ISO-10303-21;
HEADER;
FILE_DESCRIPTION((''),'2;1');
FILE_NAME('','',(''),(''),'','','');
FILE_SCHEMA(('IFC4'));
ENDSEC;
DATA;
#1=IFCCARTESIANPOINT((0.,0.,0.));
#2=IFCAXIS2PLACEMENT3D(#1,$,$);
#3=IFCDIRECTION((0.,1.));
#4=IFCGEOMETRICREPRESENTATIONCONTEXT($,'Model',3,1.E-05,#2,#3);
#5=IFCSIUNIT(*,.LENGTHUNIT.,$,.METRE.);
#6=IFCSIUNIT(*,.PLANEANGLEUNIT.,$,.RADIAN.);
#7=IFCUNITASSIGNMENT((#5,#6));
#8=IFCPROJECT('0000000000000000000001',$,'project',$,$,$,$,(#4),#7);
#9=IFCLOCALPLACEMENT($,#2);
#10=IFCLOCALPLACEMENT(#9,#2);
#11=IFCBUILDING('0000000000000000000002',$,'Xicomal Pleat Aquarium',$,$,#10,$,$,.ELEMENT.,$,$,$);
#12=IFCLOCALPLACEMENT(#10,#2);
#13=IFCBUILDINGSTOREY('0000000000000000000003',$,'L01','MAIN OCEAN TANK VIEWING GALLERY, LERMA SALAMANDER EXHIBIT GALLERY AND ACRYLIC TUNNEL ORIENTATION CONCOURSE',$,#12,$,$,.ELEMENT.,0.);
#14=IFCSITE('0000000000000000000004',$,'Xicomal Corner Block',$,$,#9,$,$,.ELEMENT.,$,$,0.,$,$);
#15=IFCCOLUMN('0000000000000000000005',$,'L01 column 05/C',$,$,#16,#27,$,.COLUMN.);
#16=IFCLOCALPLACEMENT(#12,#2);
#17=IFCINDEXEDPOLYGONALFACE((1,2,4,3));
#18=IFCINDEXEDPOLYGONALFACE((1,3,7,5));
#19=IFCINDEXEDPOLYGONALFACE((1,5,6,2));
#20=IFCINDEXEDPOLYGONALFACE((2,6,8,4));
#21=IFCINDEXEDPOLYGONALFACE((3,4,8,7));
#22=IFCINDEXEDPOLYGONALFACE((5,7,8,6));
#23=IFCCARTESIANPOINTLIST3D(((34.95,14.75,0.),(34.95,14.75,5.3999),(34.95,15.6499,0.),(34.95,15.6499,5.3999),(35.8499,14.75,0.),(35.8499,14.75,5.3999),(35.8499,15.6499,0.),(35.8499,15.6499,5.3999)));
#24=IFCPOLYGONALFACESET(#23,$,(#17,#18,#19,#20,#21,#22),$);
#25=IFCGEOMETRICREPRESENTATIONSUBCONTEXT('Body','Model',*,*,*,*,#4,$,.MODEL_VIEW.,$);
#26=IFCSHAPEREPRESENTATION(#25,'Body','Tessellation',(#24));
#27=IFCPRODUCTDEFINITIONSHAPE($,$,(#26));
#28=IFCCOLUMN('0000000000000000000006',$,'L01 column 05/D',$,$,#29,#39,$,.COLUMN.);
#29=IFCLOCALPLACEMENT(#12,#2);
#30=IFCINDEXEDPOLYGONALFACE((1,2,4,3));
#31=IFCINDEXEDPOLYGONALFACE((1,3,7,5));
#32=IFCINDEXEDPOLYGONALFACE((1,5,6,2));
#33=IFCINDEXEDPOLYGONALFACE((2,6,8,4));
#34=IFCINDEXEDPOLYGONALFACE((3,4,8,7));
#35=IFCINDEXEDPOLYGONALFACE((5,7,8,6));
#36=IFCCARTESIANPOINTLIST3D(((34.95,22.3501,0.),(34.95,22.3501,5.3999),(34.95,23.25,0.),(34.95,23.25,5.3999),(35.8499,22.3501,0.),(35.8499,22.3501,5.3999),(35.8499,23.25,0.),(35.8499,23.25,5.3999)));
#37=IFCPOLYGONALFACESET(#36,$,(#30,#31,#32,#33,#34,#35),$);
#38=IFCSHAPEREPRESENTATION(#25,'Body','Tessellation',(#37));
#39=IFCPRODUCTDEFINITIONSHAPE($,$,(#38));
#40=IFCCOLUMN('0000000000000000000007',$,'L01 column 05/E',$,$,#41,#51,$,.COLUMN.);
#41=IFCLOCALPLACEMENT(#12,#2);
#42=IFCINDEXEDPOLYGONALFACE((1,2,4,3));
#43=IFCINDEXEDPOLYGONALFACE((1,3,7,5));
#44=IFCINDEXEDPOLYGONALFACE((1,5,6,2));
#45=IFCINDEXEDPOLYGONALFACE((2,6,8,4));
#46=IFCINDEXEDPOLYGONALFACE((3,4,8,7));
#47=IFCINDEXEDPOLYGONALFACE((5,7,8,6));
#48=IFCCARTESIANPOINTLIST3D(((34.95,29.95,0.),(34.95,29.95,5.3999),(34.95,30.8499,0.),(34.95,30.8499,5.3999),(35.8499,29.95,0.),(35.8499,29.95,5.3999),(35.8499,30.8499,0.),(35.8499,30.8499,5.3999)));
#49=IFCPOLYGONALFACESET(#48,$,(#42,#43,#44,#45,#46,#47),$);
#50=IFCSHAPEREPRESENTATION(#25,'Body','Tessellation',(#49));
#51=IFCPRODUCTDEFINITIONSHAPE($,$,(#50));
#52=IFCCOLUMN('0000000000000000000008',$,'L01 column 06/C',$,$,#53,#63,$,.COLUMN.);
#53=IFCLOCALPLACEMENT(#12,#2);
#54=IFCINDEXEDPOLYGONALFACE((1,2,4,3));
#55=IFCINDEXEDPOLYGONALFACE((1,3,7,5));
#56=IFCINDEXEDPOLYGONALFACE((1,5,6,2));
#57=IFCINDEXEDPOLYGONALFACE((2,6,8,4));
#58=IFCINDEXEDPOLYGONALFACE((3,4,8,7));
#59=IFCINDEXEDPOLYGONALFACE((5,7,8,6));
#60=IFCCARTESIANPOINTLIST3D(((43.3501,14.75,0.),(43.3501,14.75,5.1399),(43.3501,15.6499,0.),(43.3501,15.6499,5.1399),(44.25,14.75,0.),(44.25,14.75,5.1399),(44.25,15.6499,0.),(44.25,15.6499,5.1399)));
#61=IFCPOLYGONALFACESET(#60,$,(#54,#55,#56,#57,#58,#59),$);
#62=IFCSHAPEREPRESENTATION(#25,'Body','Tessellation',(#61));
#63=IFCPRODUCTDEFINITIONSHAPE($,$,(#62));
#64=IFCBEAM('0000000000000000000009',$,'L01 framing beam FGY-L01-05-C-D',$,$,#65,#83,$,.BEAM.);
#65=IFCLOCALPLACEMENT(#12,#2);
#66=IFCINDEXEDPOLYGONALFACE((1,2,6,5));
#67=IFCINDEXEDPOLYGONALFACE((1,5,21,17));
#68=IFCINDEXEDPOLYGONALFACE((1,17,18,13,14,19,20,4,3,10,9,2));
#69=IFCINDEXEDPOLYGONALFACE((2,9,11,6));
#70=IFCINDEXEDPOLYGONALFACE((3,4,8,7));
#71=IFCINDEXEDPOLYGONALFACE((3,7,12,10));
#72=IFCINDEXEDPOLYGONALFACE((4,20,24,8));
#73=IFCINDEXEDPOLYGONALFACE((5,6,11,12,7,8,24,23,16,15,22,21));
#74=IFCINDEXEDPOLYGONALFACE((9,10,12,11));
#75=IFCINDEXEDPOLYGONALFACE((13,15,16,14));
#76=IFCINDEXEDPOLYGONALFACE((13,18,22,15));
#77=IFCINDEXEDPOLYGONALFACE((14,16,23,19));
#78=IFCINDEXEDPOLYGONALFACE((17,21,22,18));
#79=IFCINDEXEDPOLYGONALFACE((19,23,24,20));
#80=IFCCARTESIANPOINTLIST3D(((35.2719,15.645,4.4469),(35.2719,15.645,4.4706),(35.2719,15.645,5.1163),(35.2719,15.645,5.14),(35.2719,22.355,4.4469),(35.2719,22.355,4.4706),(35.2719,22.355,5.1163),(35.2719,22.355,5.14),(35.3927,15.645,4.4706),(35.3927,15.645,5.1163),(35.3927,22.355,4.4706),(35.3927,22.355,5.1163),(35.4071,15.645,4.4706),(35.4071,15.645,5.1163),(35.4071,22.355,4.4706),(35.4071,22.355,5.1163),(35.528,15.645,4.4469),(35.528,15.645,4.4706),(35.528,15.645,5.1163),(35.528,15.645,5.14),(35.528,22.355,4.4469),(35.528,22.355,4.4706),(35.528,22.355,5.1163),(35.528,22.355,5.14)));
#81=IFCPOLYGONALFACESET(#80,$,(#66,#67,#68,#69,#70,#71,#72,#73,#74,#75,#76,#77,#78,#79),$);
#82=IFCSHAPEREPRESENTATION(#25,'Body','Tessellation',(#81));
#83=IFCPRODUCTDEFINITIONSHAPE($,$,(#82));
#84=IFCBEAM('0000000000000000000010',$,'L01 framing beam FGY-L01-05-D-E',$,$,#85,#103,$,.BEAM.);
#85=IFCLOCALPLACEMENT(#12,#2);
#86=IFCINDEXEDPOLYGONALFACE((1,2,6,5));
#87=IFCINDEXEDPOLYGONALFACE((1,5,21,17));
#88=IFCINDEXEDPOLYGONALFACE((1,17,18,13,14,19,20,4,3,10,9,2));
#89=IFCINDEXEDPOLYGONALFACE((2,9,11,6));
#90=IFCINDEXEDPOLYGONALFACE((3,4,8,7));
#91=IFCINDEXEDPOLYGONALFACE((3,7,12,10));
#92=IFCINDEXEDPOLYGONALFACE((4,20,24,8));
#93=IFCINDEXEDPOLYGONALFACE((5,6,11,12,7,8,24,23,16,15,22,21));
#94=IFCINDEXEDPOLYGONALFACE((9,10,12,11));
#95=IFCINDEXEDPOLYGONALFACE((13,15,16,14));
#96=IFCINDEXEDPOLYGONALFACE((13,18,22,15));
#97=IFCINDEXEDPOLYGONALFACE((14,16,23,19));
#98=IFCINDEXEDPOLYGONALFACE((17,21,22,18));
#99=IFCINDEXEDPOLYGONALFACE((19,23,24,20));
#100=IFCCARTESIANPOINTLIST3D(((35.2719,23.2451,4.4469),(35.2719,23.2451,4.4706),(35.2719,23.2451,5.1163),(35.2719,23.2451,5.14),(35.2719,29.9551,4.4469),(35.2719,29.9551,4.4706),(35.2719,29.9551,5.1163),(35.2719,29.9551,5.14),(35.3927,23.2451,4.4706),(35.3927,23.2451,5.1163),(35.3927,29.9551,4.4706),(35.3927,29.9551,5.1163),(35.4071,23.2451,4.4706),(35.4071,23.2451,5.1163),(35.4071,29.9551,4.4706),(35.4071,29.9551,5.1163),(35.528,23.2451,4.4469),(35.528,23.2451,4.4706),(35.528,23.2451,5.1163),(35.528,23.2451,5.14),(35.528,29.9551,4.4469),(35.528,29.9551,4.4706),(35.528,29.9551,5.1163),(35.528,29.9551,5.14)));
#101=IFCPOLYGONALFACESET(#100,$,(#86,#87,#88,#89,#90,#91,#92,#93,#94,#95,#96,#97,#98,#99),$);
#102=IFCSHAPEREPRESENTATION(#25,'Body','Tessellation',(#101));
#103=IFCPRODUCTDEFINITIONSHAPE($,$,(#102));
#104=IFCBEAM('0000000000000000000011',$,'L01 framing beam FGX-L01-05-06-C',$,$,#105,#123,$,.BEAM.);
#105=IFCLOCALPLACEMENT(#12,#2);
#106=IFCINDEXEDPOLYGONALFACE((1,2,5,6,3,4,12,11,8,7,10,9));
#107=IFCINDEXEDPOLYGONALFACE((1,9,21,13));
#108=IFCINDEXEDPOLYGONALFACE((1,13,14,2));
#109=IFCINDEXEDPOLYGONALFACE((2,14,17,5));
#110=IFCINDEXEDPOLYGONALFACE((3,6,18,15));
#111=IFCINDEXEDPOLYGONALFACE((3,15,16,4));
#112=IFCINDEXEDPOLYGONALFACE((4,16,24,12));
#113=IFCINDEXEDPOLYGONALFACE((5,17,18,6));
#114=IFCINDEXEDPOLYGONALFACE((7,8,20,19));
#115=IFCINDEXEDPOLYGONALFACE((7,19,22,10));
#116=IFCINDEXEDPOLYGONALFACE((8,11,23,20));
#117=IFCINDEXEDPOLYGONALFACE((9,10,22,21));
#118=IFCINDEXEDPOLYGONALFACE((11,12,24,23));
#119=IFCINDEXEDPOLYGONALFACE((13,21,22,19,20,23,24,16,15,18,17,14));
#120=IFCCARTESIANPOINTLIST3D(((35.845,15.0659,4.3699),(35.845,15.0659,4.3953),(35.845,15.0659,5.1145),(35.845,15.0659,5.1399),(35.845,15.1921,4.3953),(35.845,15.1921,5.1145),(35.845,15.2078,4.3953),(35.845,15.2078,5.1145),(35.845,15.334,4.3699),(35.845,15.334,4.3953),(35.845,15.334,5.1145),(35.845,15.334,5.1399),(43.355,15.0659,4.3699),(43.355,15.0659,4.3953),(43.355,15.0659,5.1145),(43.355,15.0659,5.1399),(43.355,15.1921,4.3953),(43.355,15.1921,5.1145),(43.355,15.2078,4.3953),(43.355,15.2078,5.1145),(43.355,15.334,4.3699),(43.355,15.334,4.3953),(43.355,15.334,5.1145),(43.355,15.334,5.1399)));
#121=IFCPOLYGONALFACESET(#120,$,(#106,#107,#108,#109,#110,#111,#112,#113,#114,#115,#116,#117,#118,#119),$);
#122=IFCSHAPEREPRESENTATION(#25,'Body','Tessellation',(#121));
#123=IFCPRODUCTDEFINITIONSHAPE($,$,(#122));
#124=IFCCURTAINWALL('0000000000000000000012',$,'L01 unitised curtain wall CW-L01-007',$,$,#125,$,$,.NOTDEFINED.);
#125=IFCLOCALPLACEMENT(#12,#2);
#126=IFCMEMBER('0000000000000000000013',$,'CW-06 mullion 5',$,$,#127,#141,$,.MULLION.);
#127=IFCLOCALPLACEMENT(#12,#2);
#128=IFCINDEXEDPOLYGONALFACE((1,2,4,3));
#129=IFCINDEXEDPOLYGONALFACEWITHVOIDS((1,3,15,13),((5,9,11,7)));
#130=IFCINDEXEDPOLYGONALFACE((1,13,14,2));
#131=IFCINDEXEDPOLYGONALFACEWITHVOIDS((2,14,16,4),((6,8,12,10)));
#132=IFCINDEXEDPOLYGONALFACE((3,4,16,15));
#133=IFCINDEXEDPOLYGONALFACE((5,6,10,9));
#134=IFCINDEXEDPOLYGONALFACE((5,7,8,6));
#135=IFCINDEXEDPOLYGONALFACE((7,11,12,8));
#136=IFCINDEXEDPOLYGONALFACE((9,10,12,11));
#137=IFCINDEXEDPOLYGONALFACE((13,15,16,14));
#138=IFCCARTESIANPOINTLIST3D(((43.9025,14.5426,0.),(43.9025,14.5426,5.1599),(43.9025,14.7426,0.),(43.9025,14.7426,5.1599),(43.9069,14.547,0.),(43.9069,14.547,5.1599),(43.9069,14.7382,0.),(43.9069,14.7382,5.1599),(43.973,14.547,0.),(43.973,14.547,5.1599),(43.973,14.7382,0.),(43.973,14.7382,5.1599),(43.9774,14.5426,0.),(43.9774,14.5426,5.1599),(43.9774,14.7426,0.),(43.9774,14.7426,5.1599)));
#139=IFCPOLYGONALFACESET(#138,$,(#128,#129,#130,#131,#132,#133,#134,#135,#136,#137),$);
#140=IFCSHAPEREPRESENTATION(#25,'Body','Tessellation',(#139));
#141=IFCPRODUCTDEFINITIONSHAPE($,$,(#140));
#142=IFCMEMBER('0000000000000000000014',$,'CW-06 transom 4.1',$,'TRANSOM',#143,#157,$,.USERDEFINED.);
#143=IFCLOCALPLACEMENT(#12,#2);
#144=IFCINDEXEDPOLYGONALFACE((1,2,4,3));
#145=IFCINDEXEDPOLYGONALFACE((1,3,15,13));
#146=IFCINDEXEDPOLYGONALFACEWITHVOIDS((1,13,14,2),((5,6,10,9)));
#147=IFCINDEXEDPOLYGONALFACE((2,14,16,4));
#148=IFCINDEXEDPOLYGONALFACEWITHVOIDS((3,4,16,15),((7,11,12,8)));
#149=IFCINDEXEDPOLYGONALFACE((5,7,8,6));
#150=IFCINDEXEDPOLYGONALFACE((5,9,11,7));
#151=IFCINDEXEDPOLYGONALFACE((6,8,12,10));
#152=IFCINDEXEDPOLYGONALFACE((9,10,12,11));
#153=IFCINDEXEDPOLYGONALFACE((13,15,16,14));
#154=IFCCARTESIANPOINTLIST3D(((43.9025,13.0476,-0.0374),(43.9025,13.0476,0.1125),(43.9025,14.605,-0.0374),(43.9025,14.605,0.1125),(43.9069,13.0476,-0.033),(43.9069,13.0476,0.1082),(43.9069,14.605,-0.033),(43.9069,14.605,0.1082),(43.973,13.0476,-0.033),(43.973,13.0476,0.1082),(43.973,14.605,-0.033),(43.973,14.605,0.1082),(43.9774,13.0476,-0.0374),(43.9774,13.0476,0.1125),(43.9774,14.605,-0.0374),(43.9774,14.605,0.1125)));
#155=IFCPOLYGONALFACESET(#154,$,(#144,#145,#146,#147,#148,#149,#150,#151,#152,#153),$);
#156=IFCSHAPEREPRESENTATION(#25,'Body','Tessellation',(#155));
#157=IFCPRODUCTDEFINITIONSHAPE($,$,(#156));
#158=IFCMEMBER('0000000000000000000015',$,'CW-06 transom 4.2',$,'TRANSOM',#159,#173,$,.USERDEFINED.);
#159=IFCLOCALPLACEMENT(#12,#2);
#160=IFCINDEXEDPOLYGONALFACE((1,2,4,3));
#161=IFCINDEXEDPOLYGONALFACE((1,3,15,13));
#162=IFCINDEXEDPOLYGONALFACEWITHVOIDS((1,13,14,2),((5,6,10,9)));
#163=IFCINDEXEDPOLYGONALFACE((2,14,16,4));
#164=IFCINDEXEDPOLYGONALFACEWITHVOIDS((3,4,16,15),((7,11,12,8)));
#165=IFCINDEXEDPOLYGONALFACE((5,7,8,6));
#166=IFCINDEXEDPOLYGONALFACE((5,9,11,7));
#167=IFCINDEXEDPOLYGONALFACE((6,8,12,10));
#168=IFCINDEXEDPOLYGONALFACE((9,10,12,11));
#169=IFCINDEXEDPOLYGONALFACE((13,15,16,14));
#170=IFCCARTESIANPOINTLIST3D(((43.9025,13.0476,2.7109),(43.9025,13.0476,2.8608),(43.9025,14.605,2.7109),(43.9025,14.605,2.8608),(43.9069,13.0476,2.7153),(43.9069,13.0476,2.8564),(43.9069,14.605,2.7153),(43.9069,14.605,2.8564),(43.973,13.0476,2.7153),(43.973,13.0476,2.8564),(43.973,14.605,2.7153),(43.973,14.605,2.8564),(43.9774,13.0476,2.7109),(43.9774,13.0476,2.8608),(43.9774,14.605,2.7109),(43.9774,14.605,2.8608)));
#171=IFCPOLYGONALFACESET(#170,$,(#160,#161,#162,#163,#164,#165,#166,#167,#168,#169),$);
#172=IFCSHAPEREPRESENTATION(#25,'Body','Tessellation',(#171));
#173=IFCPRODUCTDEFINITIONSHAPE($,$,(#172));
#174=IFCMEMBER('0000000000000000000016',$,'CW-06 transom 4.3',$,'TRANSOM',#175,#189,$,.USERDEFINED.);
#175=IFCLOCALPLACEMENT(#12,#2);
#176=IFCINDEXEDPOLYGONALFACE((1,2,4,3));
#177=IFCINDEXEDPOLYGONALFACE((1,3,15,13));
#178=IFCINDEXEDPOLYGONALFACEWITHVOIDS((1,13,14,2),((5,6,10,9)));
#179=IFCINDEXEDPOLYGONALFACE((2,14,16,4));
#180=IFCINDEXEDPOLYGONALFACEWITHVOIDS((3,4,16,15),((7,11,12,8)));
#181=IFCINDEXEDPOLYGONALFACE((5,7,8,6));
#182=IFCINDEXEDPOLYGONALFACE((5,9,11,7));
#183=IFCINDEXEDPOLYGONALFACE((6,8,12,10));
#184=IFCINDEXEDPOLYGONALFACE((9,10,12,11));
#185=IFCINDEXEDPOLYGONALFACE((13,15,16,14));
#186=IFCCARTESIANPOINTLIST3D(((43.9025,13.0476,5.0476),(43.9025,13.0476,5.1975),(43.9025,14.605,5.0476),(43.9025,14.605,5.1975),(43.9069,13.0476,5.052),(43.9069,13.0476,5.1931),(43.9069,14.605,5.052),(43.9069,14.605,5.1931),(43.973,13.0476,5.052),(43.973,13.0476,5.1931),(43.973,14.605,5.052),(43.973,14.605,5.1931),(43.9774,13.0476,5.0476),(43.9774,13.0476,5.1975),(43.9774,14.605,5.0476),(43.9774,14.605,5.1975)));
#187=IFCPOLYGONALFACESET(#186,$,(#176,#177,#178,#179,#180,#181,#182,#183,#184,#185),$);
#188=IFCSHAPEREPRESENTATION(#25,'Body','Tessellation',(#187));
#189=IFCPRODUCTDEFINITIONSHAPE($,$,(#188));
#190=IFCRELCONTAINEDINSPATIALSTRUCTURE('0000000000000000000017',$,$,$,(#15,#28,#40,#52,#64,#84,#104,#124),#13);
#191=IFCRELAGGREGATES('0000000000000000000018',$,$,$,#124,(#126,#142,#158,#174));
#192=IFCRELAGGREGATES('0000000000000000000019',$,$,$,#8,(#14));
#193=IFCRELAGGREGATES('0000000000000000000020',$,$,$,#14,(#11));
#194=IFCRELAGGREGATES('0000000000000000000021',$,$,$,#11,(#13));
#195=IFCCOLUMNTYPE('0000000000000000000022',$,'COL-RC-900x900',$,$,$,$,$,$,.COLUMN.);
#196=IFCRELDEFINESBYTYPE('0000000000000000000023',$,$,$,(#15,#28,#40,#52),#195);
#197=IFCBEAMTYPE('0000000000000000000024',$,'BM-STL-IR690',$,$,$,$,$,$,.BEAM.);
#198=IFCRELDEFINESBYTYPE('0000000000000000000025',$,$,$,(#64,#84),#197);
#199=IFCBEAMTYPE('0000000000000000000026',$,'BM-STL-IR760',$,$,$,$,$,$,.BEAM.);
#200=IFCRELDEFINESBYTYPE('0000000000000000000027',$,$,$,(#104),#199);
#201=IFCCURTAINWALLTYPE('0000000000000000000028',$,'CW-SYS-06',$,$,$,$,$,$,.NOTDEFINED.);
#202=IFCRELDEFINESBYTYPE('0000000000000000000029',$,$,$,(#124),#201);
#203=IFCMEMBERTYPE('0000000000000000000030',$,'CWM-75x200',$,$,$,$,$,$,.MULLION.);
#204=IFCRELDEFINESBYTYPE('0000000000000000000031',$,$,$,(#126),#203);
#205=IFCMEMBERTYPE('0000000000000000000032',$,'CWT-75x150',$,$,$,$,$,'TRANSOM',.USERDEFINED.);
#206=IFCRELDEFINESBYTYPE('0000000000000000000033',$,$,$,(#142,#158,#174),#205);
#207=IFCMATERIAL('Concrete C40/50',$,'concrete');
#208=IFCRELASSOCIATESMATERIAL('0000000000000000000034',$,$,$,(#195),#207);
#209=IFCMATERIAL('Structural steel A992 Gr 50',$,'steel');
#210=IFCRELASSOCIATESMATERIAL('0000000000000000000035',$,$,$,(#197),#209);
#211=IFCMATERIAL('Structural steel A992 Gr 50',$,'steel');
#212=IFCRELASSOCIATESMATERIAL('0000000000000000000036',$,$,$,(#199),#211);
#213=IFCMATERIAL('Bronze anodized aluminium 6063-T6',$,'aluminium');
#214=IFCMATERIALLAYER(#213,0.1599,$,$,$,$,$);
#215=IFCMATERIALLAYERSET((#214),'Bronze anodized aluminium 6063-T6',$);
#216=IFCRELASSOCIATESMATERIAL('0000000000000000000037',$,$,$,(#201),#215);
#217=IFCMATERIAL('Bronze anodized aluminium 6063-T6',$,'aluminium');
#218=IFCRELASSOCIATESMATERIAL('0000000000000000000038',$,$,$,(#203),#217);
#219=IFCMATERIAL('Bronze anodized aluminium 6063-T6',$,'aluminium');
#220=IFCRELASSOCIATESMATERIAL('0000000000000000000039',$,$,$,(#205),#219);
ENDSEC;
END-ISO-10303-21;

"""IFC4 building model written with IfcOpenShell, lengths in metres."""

from ifc_helpers import new_model, si_unit, direction, frame, origin, origin_2d, place, context, subcontext, project, spatial, rectangle, hollow_rectangle, i_section, extrude, material, layer, layer_set, material_profile, profile_set, type_object, element, aggregate, save


model = new_model("IFC4")

# Units and contexts
model_context = context("Model", 3, precision=1e-05, world=origin(), true_north=direction((0.0, 1.0)))
body_context = subcontext(model_context, "Body", "Model", "MODEL_VIEW")
ifc_project = project(units=[si_unit("LENGTHUNIT", "METRE"), si_unit("PLANEANGLEUNIT", "RADIAN")], contexts=[model_context])

# Site, building, storey
site_placement = place(None, origin())
site = spatial("IfcSite", under=ifc_project, at=site_placement, Name="Xicomal Corner Block", CompositionType="ELEMENT", RefElevation=0.0)
building_placement = place(site_placement, origin())
building = spatial("IfcBuilding", under=site, at=building_placement, Name="Xicomal Pleat Aquarium", CompositionType="ELEMENT")
storey_placement = place(building_placement, origin())
storey = spatial("IfcBuildingStorey", under=building, at=storey_placement, Name="L01", Description="MAIN OCEAN TANK VIEWING GALLERY, LERMA SALAMANDER EXHIBIT GALLERY AND ACRYLIC TUNNEL ORIENTATION CONCOURSE", CompositionType="ELEMENT", Elevation=0.0)

# Columns
ifc_material_1 = material(Name="Concrete C40/50", Category="concrete")
ifc_material_profile_1 = material_profile(ifc_material_1, rectangle(XDim=0.8999, YDim=0.8999, at=origin_2d()), Name="RC 900x900")
ifc_profile_set_1 = profile_set([ifc_material_profile_1], Name="Concrete C40/50")
column_type = type_object("IfcColumnType", Name="COL-RC-900x900", PredefinedType="COLUMN", material=ifc_profile_set_1)
for number, where, z_axis, x_axis, name in (
    (1, (35.3999, 15.2, 0.0), (0.0, 0.0, 1.0), (1.0, 0.0, 0.0), "L01 column 05/C"),
    (2, (35.3999, 22.8, 0.0), (0.0, 0.0, 1.0), (1.0, 0.0, 0.0), "L01 column 05/D"),
    (3, (35.3999, 30.3999, 0.0), (0.0, 0.0, 1.0), (1.0, 0.0, 0.0), "L01 column 05/E"),
):
    element("IfcColumn", number, at=place(storey_placement, frame(where, z_axis=z_axis, x_axis=x_axis)), inside=storey, type_object=column_type, Name=name, PredefinedType="COLUMN", context=body_context, shape_type="SweptSolid", body=[
        extrude(rectangle(XDim=0.8999, YDim=0.8999, at=origin_2d()), origin(), (0.0, 0.0, 1.0), 5.3999),
    ])
column_placement = place(storey_placement, frame((43.8, 15.2, 0.0), z_axis=(0.0, 0.0, 1.0), x_axis=(1.0, 0.0, 0.0)))
element("IfcColumn", 4, at=column_placement, inside=storey, type_object=column_type, Name="L01 column 06/C", PredefinedType="COLUMN", context=body_context, shape_type="SweptSolid", body=[
    extrude(rectangle(XDim=0.8999, YDim=0.8999, at=origin_2d()), origin(), (0.0, 0.0, 1.0), 5.1399),
])

# Beams
ifc_material_2 = material(Name="Structural steel A992 Gr 50", Category="steel")
ifc_material_profile_2 = material_profile(ifc_material_2, i_section(OverallWidth=0.2561, OverallDepth=0.6931, WebThickness=0.0144, FlangeThickness=0.0237, at=origin_2d()), Name="IR 690x170")
ifc_profile_set_2 = profile_set([ifc_material_profile_2], Name="Structural steel A992 Gr 50")
beam_type_1 = type_object("IfcBeamType", Name="BM-STL-IR690", PredefinedType="BEAM", material=ifc_profile_set_2)
for number, where, z_axis, x_axis, name in (
    (5, (35.3999, 15.645, 4.7935), (0.0, 1.0, 0.0), (-1.0, 0.0, 0.0), "L01 framing beam FGY-L01-05-C-D"),
    (6, (35.3999, 23.2451, 4.7935), (0.0, 1.0, 0.0), (-1.0, 0.0, 0.0), "L01 framing beam FGY-L01-05-D-E"),
):
    element("IfcBeam", number, at=place(storey_placement, frame(where, z_axis=z_axis, x_axis=x_axis)), inside=storey, type_object=beam_type_1, Name=name, PredefinedType="BEAM", context=body_context, shape_type="SweptSolid", body=[
        extrude(i_section(OverallWidth=0.2561, OverallDepth=0.6931, WebThickness=0.0144, FlangeThickness=0.0237, at=origin_2d()), origin(), (0.0, 0.0, 1.0), 6.71),
    ])
ifc_material_3 = material(Name="Structural steel A992 Gr 50", Category="steel")
ifc_material_profile_3 = material_profile(ifc_material_3, i_section(OverallWidth=0.2681, OverallDepth=0.77, WebThickness=0.0156, FlangeThickness=0.0254, at=origin_2d()), Name="IR 760x196")
ifc_profile_set_3 = profile_set([ifc_material_profile_3], Name="Structural steel A992 Gr 50")
beam_type_2 = type_object("IfcBeamType", Name="BM-STL-IR760", PredefinedType="BEAM", material=ifc_profile_set_3)
beam_placement = place(storey_placement, frame((35.845, 15.2, 4.7549), z_axis=(1.0, 0.0, 0.0), x_axis=(0.0, 1.0, 0.0)))
element("IfcBeam", 7, at=beam_placement, inside=storey, type_object=beam_type_2, Name="L01 framing beam FGX-L01-05-06-C", PredefinedType="BEAM", context=body_context, shape_type="SweptSolid", body=[
    extrude(i_section(OverallWidth=0.2681, OverallDepth=0.77, WebThickness=0.0156, FlangeThickness=0.0254, at=origin_2d()), origin(), (0.0, 0.0, 1.0), 7.51),
])

# Curtain wall, members
ifc_material_4 = material(Name="Bronze anodized aluminium 6063-T6", Category="aluminium")
ifc_layer_1 = layer(ifc_material_4, 0.1599)
ifc_layer_set_1 = layer_set([ifc_layer_1], Name="Bronze anodized aluminium 6063-T6")
curtain_wall_type = type_object("IfcCurtainWallType", Name="CW-SYS-06", PredefinedType="NOTDEFINED", material=ifc_layer_set_1)
curtain_wall_placement = place(storey_placement, origin())
curtain_wall = element("IfcCurtainWall", 8, at=curtain_wall_placement, inside=storey, type_object=curtain_wall_type, Name="L01 unitised curtain wall CW-L01-007", PredefinedType="NOTDEFINED")
ifc_material_5 = material(Name="Bronze anodized aluminium 6063-T6", Category="aluminium")
ifc_material_profile_4 = material_profile(ifc_material_5, hollow_rectangle(XDim=0.075, YDim=0.2, WallThickness=0.0044, at=origin_2d()), Name="ALU MULL 75x200")
ifc_profile_set_4 = profile_set([ifc_material_profile_4], Name="Bronze anodized aluminium 6063-T6")
member_type_1 = type_object("IfcMemberType", Name="CWM-75x200", PredefinedType="MULLION", material=ifc_profile_set_4)
member_1_placement = place(storey_placement, frame((43.9399, 14.6426, 0.0), z_axis=(0.0, 0.0, 1.0), x_axis=(-1.0, 0.0, 0.0)))
member_1 = element("IfcMember", 9, at=member_1_placement, type_object=member_type_1, Name="CW-06 mullion 5", PredefinedType="MULLION", context=body_context, shape_type="SweptSolid", body=[
    extrude(hollow_rectangle(XDim=0.075, YDim=0.2, WallThickness=0.0044, at=origin_2d()), origin(), (0.0, 0.0, 1.0), 5.1599),
])
ifc_material_6 = material(Name="Bronze anodized aluminium 6063-T6", Category="aluminium")
ifc_material_profile_5 = material_profile(ifc_material_6, hollow_rectangle(XDim=0.075, YDim=0.1499, WallThickness=0.0044, at=origin_2d()), Name="ALU TRAN 75x150")
ifc_profile_set_5 = profile_set([ifc_material_profile_5], Name="Bronze anodized aluminium 6063-T6")
member_type_2 = type_object("IfcMemberType", Name="CWT-75x150", ElementType="TRANSOM", PredefinedType="USERDEFINED", material=ifc_profile_set_5)
member_2_placement = place(storey_placement, frame((43.9399, 13.0476, 0.0376), z_axis=(0.0, 1.0, 0.0), x_axis=(-1.0, 0.0, 0.0)))
member_2 = element("IfcMember", 10, at=member_2_placement, type_object=member_type_2, Name="CW-06 transom 4.1", ObjectType="TRANSOM", PredefinedType="USERDEFINED", context=body_context, shape_type="SweptSolid", body=[
    extrude(hollow_rectangle(XDim=0.075, YDim=0.1499, WallThickness=0.0044, at=origin_2d()), origin(), (0.0, 0.0, 1.0), 1.5574),
])
member_3_placement = place(storey_placement, frame((43.9399, 13.0476, 2.7859), z_axis=(0.0, 1.0, 0.0), x_axis=(-1.0, 0.0, 0.0)))
member_3 = element("IfcMember", 11, at=member_3_placement, type_object=member_type_2, Name="CW-06 transom 4.2", ObjectType="TRANSOM", PredefinedType="USERDEFINED", context=body_context, shape_type="SweptSolid", body=[
    extrude(hollow_rectangle(XDim=0.075, YDim=0.1499, WallThickness=0.0044, at=origin_2d()), origin(), (0.0, 0.0, 1.0), 1.5574),
])
member_4_placement = place(storey_placement, frame((43.9399, 13.0476, 5.1226), z_axis=(0.0, 1.0, 0.0), x_axis=(-1.0, 0.0, 0.0)))
member_4 = element("IfcMember", 12, at=member_4_placement, type_object=member_type_2, Name="CW-06 transom 4.3", ObjectType="TRANSOM", PredefinedType="USERDEFINED", context=body_context, shape_type="SweptSolid", body=[
    extrude(hollow_rectangle(XDim=0.075, YDim=0.1499, WallThickness=0.0044, at=origin_2d()), origin(), (0.0, 0.0, 1.0), 1.5574),
])

aggregate(curtain_wall, [member_1, member_2, member_3, member_4])

save(model, "model.ifc")
